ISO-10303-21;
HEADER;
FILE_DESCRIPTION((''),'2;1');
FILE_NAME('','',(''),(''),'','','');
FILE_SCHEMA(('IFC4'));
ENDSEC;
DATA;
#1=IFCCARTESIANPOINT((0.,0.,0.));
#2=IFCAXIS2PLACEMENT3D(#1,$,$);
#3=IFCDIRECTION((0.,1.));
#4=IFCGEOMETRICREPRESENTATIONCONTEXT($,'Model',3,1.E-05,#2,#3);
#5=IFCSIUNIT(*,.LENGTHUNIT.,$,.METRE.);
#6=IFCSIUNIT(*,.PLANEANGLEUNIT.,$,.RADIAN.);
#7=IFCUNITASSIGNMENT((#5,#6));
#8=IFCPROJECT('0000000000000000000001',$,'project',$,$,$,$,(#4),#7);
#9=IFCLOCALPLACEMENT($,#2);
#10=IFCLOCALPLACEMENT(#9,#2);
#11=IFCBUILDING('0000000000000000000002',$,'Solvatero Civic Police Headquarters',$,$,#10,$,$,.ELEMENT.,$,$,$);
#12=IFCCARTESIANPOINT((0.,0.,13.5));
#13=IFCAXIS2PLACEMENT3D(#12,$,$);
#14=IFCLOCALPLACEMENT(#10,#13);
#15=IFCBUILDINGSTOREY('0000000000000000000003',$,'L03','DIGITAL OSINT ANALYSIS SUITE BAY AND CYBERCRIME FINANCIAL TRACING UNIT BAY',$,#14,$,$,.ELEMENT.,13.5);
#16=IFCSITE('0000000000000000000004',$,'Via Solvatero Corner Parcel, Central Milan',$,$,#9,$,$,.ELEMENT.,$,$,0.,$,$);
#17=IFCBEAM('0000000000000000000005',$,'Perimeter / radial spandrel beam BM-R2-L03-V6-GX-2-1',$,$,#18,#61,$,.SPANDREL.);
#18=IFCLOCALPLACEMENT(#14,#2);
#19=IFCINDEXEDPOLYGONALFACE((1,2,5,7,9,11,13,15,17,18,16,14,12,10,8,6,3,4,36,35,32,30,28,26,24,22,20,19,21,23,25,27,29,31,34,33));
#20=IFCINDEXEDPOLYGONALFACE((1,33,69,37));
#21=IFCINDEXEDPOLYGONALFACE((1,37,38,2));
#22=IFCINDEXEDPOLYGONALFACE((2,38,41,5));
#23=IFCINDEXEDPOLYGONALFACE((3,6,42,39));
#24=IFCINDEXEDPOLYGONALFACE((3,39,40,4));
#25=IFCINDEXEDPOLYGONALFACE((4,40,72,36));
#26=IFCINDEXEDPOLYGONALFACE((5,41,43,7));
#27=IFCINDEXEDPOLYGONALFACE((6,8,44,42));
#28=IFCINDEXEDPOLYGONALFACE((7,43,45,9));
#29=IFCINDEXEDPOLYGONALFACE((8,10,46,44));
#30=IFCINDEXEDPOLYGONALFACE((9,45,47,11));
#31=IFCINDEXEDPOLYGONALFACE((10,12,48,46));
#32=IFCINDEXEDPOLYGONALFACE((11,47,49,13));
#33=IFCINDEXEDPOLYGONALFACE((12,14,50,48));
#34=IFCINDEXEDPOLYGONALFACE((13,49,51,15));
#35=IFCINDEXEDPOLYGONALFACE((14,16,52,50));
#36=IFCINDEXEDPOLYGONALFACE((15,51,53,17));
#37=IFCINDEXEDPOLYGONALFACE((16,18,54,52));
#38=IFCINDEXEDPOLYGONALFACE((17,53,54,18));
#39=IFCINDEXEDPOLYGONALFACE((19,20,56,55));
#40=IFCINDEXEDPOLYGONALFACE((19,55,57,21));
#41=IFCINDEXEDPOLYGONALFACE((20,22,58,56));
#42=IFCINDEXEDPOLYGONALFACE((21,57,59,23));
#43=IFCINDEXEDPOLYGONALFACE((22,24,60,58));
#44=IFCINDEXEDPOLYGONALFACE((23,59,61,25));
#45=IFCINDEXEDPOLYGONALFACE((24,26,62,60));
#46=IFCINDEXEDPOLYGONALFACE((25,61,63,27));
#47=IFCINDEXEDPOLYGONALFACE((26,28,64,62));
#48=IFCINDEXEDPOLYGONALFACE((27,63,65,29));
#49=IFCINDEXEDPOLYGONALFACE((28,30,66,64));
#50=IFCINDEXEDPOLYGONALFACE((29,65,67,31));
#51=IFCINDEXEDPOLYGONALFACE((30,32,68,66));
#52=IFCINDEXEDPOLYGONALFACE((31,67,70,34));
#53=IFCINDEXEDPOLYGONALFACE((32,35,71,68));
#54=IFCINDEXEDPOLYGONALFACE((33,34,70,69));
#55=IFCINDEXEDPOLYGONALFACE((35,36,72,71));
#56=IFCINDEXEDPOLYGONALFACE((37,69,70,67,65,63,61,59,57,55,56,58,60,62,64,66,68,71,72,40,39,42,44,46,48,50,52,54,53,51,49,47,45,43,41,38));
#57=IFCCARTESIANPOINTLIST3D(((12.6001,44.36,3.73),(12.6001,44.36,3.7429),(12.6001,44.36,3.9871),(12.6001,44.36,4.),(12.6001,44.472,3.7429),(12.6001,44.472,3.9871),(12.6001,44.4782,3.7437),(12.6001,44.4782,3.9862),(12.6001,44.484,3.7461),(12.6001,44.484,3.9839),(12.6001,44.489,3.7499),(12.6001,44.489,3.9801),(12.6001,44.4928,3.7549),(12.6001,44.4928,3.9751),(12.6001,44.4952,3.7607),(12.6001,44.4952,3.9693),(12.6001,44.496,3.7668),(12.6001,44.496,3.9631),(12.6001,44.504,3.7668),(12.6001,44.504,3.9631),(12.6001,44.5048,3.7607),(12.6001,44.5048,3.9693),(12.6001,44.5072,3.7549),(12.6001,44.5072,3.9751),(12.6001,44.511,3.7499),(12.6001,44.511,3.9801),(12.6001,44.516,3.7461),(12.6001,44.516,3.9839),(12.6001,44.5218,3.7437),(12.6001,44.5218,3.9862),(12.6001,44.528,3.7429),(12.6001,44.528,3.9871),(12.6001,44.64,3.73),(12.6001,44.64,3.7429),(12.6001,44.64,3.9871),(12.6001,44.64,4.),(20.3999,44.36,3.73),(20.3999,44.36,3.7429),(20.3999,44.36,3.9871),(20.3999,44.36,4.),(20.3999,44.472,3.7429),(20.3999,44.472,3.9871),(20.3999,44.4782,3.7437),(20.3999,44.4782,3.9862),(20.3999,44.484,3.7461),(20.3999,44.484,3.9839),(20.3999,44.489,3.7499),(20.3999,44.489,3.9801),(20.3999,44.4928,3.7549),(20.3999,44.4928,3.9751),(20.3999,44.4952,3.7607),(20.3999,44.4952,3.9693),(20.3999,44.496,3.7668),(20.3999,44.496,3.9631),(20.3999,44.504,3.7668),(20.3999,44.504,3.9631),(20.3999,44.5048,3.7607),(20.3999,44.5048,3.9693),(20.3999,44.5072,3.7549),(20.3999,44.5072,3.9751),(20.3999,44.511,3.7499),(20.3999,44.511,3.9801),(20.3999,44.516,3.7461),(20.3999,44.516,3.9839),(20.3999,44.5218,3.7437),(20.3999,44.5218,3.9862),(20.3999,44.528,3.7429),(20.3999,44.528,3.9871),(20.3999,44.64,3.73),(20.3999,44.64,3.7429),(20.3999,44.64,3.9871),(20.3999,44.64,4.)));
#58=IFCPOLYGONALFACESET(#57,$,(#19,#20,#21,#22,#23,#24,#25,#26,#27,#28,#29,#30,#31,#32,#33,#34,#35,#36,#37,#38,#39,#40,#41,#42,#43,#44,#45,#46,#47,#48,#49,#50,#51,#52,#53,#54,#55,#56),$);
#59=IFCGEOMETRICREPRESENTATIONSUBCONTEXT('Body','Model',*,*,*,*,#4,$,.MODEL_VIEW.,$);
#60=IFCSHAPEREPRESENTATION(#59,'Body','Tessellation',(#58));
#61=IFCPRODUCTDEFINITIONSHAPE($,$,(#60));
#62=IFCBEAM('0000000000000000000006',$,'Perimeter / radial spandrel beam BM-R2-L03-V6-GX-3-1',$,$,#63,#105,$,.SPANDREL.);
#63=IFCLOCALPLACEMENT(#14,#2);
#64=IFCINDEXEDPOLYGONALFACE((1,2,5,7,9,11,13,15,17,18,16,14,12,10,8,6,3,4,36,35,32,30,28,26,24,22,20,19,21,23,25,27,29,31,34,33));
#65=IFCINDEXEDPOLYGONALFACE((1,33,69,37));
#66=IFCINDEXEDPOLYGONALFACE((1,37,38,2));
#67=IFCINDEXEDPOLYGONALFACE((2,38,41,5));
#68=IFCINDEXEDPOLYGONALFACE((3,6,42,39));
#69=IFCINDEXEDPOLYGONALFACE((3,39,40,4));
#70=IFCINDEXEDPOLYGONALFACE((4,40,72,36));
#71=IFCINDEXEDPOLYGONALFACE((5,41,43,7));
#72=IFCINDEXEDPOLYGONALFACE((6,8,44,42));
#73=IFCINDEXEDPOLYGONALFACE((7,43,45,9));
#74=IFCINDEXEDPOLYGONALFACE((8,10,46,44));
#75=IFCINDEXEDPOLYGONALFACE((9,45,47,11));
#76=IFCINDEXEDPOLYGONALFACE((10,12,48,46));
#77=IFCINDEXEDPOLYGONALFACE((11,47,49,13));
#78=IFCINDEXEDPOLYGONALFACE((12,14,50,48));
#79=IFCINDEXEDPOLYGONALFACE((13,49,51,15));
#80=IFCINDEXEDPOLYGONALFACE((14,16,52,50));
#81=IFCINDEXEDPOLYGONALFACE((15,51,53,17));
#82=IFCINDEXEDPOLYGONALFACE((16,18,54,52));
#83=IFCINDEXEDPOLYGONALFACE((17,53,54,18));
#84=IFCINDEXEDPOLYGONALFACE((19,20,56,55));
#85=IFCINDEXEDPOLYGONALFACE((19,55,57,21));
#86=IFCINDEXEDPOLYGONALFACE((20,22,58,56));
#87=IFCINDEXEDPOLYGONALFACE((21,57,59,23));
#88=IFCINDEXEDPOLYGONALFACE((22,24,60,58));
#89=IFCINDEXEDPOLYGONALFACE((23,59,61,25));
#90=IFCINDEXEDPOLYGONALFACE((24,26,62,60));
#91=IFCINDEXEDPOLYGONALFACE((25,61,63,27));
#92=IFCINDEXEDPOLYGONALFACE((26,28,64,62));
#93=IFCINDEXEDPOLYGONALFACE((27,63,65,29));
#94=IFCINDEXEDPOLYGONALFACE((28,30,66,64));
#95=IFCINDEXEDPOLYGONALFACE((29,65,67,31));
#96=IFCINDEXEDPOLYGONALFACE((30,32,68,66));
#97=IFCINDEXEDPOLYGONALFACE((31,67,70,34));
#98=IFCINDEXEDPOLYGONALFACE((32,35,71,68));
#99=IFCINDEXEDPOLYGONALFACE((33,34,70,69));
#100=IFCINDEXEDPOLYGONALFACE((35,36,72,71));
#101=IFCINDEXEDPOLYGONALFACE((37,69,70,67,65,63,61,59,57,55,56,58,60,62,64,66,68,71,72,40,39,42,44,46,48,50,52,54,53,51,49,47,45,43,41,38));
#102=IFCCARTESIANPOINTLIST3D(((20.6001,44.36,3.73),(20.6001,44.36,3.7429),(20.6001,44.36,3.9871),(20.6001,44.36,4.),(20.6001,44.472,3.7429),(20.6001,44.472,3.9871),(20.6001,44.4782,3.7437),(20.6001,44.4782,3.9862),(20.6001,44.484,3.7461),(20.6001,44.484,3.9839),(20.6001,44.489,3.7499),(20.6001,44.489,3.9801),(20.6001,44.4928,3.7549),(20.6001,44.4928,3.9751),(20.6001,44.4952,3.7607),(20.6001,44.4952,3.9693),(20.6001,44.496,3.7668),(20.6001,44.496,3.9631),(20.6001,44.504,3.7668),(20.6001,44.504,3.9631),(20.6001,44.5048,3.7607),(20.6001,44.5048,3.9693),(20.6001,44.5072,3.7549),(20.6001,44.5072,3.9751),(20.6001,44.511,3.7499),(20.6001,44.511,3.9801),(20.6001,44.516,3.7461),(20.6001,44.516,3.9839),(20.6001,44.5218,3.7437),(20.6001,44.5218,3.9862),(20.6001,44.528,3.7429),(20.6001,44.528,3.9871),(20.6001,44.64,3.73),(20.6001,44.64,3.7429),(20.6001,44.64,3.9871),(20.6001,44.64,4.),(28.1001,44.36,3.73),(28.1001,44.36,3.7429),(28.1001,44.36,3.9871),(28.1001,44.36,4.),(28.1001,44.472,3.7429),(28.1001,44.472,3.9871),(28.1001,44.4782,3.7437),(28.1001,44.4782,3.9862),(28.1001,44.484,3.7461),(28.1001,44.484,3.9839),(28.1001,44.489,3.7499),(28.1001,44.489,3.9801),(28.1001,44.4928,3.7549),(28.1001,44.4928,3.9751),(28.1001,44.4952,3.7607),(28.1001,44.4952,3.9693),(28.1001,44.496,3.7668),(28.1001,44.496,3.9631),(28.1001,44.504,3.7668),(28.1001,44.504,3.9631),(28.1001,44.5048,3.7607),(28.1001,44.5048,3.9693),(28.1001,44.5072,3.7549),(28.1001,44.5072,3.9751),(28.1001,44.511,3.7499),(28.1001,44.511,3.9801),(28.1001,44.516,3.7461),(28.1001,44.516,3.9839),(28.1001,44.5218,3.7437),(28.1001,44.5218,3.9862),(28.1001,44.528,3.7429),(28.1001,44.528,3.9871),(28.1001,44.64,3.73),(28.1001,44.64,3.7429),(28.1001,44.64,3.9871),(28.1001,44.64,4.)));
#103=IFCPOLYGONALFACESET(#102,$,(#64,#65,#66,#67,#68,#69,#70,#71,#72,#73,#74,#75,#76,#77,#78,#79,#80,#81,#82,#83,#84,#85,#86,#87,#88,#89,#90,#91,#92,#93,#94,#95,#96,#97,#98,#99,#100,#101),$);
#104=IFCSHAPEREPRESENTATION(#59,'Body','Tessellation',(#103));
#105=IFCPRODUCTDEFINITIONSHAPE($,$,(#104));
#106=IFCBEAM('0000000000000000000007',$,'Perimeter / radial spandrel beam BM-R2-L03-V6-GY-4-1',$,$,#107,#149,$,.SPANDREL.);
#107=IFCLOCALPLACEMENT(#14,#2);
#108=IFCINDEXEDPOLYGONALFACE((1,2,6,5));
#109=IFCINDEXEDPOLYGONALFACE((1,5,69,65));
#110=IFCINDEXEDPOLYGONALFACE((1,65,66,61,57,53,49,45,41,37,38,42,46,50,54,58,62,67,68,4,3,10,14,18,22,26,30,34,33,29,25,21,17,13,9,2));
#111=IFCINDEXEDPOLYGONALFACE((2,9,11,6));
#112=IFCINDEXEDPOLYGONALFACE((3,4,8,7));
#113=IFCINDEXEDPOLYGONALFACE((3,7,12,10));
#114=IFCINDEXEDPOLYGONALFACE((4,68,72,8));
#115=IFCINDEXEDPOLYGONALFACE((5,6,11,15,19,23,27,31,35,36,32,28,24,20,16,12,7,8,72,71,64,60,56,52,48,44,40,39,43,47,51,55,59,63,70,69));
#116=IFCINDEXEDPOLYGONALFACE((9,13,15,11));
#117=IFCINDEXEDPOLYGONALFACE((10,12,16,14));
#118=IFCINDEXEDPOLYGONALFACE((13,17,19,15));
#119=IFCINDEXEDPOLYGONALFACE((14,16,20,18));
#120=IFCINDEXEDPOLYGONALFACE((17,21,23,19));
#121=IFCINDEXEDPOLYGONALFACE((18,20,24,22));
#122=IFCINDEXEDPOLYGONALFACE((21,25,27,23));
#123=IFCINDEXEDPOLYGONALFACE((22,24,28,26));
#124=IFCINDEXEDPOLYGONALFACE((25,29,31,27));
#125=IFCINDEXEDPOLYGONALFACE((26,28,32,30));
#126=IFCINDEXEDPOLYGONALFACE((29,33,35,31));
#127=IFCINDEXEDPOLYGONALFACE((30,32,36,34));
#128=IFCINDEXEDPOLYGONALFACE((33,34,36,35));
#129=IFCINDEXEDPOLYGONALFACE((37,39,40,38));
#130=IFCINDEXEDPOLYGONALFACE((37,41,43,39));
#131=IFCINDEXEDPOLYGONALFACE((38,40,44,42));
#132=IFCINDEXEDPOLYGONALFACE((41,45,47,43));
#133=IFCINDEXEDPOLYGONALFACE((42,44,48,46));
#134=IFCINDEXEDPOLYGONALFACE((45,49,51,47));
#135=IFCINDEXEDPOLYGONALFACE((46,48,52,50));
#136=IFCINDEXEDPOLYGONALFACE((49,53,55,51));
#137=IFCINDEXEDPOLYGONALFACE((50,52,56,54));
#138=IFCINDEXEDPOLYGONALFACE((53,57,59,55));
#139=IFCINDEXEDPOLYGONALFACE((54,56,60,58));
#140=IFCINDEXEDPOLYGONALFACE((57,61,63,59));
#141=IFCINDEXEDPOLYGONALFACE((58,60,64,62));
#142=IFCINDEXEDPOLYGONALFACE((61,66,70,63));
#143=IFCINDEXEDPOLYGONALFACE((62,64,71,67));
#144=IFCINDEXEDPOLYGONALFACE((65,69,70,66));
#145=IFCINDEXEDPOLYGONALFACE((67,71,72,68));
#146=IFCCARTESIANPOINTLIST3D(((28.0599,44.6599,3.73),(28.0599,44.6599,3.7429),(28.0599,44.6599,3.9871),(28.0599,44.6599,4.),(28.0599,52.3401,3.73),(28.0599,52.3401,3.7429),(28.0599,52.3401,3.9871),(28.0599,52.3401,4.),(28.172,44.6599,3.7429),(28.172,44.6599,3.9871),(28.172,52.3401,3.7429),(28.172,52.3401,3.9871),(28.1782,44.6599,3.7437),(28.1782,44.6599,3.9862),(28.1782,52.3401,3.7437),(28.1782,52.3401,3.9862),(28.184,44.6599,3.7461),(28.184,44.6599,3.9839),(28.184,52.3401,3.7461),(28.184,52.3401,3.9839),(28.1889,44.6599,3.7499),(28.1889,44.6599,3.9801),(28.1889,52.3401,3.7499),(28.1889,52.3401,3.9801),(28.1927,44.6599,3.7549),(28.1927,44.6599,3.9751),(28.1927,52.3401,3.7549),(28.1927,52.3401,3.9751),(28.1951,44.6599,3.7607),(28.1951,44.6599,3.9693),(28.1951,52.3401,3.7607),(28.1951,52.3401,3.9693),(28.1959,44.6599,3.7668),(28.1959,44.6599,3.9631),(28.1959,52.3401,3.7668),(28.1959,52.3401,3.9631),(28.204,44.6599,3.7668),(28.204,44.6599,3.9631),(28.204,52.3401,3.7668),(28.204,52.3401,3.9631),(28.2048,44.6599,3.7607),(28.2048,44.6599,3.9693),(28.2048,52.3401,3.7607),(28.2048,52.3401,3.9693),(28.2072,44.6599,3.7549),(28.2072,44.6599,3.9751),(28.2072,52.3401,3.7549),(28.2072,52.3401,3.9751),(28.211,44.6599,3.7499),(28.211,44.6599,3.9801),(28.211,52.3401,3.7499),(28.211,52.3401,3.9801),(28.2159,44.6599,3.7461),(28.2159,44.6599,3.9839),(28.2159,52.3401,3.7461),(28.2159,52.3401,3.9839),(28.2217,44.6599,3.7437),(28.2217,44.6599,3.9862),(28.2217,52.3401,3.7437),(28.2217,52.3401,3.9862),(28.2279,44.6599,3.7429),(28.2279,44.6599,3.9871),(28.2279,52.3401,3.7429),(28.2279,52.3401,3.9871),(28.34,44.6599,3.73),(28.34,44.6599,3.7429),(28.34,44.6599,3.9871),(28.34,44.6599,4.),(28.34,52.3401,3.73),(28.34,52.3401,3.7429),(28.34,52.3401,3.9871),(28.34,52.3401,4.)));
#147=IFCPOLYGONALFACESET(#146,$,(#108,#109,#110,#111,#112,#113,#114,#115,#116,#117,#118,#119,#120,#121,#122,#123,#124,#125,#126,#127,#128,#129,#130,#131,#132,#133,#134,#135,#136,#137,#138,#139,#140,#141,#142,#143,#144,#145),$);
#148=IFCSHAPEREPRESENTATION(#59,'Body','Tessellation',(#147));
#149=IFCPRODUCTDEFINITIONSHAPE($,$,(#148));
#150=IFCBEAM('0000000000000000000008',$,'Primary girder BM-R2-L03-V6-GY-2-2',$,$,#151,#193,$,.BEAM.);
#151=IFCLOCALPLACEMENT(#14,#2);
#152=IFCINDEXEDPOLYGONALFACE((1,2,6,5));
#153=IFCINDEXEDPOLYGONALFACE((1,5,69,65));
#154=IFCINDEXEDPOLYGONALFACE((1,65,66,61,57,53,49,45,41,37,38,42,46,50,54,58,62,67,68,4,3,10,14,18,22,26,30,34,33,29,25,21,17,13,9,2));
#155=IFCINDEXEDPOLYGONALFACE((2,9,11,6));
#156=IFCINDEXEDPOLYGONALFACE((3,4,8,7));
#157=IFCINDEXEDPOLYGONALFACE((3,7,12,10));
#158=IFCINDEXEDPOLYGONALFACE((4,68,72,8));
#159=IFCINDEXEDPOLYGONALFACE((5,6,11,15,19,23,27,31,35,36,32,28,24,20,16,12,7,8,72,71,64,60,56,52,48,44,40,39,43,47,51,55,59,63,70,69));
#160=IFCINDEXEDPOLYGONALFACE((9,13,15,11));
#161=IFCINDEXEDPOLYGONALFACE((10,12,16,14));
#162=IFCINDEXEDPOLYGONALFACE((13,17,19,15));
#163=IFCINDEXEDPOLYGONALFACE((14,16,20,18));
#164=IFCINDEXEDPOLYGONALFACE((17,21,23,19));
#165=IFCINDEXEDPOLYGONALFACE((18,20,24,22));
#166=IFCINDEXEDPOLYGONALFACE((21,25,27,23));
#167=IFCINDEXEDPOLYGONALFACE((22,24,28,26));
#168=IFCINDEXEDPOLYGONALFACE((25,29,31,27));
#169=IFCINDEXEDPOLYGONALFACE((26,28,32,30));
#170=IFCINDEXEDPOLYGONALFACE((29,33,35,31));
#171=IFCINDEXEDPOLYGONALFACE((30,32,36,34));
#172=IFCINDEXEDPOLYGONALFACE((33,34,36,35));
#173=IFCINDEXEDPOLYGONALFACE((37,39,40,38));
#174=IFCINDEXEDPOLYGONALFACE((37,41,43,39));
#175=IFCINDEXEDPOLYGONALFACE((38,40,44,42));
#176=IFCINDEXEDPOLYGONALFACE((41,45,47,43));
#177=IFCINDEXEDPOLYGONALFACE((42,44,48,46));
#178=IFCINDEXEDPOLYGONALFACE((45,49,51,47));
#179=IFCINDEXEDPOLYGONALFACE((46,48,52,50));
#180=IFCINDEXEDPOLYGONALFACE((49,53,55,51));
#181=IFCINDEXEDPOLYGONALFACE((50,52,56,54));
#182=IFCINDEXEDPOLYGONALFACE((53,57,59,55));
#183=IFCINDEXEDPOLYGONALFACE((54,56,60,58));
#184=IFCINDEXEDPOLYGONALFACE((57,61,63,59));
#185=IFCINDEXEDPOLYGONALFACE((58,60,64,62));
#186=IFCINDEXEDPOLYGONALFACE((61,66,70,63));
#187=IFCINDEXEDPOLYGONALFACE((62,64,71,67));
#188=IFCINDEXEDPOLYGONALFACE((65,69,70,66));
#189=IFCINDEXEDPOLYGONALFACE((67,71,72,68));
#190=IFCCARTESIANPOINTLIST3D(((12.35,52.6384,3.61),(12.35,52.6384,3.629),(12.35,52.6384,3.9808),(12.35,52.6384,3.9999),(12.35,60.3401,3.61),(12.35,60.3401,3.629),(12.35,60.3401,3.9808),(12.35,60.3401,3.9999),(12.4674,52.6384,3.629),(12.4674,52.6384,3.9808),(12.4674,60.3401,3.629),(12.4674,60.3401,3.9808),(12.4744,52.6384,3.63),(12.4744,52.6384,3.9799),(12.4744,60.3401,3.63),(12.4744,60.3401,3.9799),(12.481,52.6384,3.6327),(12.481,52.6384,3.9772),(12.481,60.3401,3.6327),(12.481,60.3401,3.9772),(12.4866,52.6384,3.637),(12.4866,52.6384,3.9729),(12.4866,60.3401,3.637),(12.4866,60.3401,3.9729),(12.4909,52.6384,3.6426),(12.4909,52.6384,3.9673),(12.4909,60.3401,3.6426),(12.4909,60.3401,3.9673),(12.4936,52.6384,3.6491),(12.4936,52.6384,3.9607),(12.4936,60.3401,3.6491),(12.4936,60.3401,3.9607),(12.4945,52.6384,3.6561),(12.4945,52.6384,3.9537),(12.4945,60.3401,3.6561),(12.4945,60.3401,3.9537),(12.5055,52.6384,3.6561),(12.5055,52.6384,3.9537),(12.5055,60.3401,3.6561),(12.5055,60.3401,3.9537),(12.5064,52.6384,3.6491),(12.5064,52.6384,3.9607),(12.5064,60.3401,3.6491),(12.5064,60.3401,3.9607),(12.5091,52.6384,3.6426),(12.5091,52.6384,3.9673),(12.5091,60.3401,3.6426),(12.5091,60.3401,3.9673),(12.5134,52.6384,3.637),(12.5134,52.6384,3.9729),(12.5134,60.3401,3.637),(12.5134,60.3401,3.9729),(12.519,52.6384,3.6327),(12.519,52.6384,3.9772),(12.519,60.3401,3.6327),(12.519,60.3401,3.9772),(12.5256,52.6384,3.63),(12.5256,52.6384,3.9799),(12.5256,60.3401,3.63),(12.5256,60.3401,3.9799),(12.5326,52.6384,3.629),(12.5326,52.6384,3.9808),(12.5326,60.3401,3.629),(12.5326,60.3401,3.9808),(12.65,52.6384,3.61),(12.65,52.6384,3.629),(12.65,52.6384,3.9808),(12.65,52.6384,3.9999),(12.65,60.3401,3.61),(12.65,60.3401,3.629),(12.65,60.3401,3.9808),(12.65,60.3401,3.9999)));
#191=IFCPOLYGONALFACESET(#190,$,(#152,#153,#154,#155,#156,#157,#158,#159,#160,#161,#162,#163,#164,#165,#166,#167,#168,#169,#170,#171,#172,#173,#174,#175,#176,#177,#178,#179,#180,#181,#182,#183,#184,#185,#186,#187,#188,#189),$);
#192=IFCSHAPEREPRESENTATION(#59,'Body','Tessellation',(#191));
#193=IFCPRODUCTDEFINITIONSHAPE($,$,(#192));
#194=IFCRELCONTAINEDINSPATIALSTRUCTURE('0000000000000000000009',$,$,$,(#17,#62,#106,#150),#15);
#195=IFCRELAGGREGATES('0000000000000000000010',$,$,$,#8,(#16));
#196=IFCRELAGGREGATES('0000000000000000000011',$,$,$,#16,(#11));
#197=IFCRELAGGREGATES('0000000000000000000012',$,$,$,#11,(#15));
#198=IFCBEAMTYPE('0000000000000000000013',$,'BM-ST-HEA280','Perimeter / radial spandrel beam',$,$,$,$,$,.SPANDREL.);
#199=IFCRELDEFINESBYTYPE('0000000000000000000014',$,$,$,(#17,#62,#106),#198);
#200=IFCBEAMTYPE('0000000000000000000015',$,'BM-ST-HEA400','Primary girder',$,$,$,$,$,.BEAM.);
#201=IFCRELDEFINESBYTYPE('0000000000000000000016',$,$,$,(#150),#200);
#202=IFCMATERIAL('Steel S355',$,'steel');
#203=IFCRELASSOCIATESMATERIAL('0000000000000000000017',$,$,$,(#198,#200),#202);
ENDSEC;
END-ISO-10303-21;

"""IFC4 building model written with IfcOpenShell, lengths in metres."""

from ifc_helpers import new_model, si_unit, direction, frame, origin, origin_2d, place, context, subcontext, project, spatial, i_section, extrude, material, material_profile, profile_set, type_object, element, save


model = new_model("IFC4")

# Units and contexts
model_context = context("Model", 3, precision=1e-05, world=origin(), true_north=direction((0.0, 1.0)))
body_context = subcontext(model_context, "Body", "Model", "MODEL_VIEW")
ifc_project = project(units=[si_unit("LENGTHUNIT", "METRE"), si_unit("PLANEANGLEUNIT", "RADIAN")], contexts=[model_context])

# Site, building, storey
site_placement = place(None, origin())
site = spatial("IfcSite", under=ifc_project, at=site_placement, Name="Via Solvatero Corner Parcel, Central Milan", CompositionType="ELEMENT", RefElevation=0.0)
building_placement = place(site_placement, origin())
building = spatial("IfcBuilding", under=site, at=building_placement, Name="Solvatero Civic Police Headquarters", CompositionType="ELEMENT")
storey_placement = place(building_placement, frame((0.0, 0.0, 13.5)))
storey = spatial("IfcBuildingStorey", under=building, at=storey_placement, Name="L03", Description="DIGITAL OSINT ANALYSIS SUITE BAY AND CYBERCRIME FINANCIAL TRACING UNIT BAY", CompositionType="ELEMENT", Elevation=13.5)

# Shared definitions
ifc_material_1 = material(Name="Steel S355", Category="steel")

# Beams
ifc_material_profile_1 = material_profile(ifc_material_1, i_section(OverallWidth=0.28, OverallDepth=0.27, WebThickness=0.0081, FlangeThickness=0.0129, FilletRadius=0.0239, at=origin_2d()), Name="HEA 280")
ifc_profile_set_1 = profile_set([ifc_material_profile_1], Name="Steel S355")
beam_type_1 = type_object("IfcBeamType", Name="BM-ST-HEA280", Description="Perimeter / radial spandrel beam", PredefinedType="SPANDREL", material=ifc_profile_set_1)
beam_1_placement = place(storey_placement, frame((12.6001, 44.5, 3.865), z_axis=(1.0, 0.0, 0.0), x_axis=(0.0, 1.0, 0.0)))
element("IfcBeam", 1, at=beam_1_placement, inside=storey, type_object=beam_type_1, Name="Perimeter / radial spandrel beam BM-R2-L03-V6-GX-2-1", PredefinedType="SPANDREL", context=body_context, shape_type="SweptSolid", body=[
    extrude(i_section(OverallWidth=0.28, OverallDepth=0.27, WebThickness=0.0081, FlangeThickness=0.0129, FilletRadius=0.0239, at=origin_2d()), origin(), (0.0, 0.0, 1.0), 7.7998),
])
beam_2_placement = place(storey_placement, frame((20.6001, 44.5, 3.865), z_axis=(1.0, 0.0, 0.0), x_axis=(0.0, 1.0, 0.0)))
element("IfcBeam", 2, at=beam_2_placement, inside=storey, type_object=beam_type_1, Name="Perimeter / radial spandrel beam BM-R2-L03-V6-GX-3-1", PredefinedType="SPANDREL", context=body_context, shape_type="SweptSolid", body=[
    extrude(i_section(OverallWidth=0.28, OverallDepth=0.27, WebThickness=0.0081, FlangeThickness=0.0129, FilletRadius=0.0239, at=origin_2d()), origin(), (0.0, 0.0, 1.0), 7.5),
])
beam_3_placement = place(storey_placement, frame((28.2, 44.6599, 3.865), z_axis=(0.0, 1.0, 0.0), x_axis=(-1.0, 0.0, 0.0)))
element("IfcBeam", 3, at=beam_3_placement, inside=storey, type_object=beam_type_1, Name="Perimeter / radial spandrel beam BM-R2-L03-V6-GY-4-1", PredefinedType="SPANDREL", context=body_context, shape_type="SweptSolid", body=[
    extrude(i_section(OverallWidth=0.28, OverallDepth=0.27, WebThickness=0.0081, FlangeThickness=0.0129, FilletRadius=0.0239, at=origin_2d()), origin(), (0.0, 0.0, 1.0), 7.6802),
])
ifc_material_profile_2 = material_profile(ifc_material_1, i_section(OverallWidth=0.3, OverallDepth=0.3899, WebThickness=0.011, FlangeThickness=0.019, FilletRadius=0.0271, at=origin_2d()), Name="HEA 400")
ifc_profile_set_2 = profile_set([ifc_material_profile_2], Name="Steel S355")
beam_type_2 = type_object("IfcBeamType", Name="BM-ST-HEA400", Description="Primary girder", PredefinedType="BEAM", material=ifc_profile_set_2)
for number, where, z_axis, x_axis, name in (
    (4, (12.5, 52.6384, 3.8049), (0.0, 1.0, 0.0), (-1.0, 0.0, 0.0), "Primary girder BM-R2-L03-V6-GY-2-2"),
):
    element("IfcBeam", number, at=place(storey_placement, frame(where, z_axis=z_axis, x_axis=x_axis)), inside=storey, type_object=beam_type_2, Name=name, PredefinedType="BEAM", context=body_context, shape_type="SweptSolid", body=[
        extrude(i_section(OverallWidth=0.3, OverallDepth=0.3899, WebThickness=0.011, FlangeThickness=0.019, FilletRadius=0.0271, at=origin_2d()), origin(), (0.0, 0.0, 1.0), 7.7017),
    ])

save(model, "model.ifc")
